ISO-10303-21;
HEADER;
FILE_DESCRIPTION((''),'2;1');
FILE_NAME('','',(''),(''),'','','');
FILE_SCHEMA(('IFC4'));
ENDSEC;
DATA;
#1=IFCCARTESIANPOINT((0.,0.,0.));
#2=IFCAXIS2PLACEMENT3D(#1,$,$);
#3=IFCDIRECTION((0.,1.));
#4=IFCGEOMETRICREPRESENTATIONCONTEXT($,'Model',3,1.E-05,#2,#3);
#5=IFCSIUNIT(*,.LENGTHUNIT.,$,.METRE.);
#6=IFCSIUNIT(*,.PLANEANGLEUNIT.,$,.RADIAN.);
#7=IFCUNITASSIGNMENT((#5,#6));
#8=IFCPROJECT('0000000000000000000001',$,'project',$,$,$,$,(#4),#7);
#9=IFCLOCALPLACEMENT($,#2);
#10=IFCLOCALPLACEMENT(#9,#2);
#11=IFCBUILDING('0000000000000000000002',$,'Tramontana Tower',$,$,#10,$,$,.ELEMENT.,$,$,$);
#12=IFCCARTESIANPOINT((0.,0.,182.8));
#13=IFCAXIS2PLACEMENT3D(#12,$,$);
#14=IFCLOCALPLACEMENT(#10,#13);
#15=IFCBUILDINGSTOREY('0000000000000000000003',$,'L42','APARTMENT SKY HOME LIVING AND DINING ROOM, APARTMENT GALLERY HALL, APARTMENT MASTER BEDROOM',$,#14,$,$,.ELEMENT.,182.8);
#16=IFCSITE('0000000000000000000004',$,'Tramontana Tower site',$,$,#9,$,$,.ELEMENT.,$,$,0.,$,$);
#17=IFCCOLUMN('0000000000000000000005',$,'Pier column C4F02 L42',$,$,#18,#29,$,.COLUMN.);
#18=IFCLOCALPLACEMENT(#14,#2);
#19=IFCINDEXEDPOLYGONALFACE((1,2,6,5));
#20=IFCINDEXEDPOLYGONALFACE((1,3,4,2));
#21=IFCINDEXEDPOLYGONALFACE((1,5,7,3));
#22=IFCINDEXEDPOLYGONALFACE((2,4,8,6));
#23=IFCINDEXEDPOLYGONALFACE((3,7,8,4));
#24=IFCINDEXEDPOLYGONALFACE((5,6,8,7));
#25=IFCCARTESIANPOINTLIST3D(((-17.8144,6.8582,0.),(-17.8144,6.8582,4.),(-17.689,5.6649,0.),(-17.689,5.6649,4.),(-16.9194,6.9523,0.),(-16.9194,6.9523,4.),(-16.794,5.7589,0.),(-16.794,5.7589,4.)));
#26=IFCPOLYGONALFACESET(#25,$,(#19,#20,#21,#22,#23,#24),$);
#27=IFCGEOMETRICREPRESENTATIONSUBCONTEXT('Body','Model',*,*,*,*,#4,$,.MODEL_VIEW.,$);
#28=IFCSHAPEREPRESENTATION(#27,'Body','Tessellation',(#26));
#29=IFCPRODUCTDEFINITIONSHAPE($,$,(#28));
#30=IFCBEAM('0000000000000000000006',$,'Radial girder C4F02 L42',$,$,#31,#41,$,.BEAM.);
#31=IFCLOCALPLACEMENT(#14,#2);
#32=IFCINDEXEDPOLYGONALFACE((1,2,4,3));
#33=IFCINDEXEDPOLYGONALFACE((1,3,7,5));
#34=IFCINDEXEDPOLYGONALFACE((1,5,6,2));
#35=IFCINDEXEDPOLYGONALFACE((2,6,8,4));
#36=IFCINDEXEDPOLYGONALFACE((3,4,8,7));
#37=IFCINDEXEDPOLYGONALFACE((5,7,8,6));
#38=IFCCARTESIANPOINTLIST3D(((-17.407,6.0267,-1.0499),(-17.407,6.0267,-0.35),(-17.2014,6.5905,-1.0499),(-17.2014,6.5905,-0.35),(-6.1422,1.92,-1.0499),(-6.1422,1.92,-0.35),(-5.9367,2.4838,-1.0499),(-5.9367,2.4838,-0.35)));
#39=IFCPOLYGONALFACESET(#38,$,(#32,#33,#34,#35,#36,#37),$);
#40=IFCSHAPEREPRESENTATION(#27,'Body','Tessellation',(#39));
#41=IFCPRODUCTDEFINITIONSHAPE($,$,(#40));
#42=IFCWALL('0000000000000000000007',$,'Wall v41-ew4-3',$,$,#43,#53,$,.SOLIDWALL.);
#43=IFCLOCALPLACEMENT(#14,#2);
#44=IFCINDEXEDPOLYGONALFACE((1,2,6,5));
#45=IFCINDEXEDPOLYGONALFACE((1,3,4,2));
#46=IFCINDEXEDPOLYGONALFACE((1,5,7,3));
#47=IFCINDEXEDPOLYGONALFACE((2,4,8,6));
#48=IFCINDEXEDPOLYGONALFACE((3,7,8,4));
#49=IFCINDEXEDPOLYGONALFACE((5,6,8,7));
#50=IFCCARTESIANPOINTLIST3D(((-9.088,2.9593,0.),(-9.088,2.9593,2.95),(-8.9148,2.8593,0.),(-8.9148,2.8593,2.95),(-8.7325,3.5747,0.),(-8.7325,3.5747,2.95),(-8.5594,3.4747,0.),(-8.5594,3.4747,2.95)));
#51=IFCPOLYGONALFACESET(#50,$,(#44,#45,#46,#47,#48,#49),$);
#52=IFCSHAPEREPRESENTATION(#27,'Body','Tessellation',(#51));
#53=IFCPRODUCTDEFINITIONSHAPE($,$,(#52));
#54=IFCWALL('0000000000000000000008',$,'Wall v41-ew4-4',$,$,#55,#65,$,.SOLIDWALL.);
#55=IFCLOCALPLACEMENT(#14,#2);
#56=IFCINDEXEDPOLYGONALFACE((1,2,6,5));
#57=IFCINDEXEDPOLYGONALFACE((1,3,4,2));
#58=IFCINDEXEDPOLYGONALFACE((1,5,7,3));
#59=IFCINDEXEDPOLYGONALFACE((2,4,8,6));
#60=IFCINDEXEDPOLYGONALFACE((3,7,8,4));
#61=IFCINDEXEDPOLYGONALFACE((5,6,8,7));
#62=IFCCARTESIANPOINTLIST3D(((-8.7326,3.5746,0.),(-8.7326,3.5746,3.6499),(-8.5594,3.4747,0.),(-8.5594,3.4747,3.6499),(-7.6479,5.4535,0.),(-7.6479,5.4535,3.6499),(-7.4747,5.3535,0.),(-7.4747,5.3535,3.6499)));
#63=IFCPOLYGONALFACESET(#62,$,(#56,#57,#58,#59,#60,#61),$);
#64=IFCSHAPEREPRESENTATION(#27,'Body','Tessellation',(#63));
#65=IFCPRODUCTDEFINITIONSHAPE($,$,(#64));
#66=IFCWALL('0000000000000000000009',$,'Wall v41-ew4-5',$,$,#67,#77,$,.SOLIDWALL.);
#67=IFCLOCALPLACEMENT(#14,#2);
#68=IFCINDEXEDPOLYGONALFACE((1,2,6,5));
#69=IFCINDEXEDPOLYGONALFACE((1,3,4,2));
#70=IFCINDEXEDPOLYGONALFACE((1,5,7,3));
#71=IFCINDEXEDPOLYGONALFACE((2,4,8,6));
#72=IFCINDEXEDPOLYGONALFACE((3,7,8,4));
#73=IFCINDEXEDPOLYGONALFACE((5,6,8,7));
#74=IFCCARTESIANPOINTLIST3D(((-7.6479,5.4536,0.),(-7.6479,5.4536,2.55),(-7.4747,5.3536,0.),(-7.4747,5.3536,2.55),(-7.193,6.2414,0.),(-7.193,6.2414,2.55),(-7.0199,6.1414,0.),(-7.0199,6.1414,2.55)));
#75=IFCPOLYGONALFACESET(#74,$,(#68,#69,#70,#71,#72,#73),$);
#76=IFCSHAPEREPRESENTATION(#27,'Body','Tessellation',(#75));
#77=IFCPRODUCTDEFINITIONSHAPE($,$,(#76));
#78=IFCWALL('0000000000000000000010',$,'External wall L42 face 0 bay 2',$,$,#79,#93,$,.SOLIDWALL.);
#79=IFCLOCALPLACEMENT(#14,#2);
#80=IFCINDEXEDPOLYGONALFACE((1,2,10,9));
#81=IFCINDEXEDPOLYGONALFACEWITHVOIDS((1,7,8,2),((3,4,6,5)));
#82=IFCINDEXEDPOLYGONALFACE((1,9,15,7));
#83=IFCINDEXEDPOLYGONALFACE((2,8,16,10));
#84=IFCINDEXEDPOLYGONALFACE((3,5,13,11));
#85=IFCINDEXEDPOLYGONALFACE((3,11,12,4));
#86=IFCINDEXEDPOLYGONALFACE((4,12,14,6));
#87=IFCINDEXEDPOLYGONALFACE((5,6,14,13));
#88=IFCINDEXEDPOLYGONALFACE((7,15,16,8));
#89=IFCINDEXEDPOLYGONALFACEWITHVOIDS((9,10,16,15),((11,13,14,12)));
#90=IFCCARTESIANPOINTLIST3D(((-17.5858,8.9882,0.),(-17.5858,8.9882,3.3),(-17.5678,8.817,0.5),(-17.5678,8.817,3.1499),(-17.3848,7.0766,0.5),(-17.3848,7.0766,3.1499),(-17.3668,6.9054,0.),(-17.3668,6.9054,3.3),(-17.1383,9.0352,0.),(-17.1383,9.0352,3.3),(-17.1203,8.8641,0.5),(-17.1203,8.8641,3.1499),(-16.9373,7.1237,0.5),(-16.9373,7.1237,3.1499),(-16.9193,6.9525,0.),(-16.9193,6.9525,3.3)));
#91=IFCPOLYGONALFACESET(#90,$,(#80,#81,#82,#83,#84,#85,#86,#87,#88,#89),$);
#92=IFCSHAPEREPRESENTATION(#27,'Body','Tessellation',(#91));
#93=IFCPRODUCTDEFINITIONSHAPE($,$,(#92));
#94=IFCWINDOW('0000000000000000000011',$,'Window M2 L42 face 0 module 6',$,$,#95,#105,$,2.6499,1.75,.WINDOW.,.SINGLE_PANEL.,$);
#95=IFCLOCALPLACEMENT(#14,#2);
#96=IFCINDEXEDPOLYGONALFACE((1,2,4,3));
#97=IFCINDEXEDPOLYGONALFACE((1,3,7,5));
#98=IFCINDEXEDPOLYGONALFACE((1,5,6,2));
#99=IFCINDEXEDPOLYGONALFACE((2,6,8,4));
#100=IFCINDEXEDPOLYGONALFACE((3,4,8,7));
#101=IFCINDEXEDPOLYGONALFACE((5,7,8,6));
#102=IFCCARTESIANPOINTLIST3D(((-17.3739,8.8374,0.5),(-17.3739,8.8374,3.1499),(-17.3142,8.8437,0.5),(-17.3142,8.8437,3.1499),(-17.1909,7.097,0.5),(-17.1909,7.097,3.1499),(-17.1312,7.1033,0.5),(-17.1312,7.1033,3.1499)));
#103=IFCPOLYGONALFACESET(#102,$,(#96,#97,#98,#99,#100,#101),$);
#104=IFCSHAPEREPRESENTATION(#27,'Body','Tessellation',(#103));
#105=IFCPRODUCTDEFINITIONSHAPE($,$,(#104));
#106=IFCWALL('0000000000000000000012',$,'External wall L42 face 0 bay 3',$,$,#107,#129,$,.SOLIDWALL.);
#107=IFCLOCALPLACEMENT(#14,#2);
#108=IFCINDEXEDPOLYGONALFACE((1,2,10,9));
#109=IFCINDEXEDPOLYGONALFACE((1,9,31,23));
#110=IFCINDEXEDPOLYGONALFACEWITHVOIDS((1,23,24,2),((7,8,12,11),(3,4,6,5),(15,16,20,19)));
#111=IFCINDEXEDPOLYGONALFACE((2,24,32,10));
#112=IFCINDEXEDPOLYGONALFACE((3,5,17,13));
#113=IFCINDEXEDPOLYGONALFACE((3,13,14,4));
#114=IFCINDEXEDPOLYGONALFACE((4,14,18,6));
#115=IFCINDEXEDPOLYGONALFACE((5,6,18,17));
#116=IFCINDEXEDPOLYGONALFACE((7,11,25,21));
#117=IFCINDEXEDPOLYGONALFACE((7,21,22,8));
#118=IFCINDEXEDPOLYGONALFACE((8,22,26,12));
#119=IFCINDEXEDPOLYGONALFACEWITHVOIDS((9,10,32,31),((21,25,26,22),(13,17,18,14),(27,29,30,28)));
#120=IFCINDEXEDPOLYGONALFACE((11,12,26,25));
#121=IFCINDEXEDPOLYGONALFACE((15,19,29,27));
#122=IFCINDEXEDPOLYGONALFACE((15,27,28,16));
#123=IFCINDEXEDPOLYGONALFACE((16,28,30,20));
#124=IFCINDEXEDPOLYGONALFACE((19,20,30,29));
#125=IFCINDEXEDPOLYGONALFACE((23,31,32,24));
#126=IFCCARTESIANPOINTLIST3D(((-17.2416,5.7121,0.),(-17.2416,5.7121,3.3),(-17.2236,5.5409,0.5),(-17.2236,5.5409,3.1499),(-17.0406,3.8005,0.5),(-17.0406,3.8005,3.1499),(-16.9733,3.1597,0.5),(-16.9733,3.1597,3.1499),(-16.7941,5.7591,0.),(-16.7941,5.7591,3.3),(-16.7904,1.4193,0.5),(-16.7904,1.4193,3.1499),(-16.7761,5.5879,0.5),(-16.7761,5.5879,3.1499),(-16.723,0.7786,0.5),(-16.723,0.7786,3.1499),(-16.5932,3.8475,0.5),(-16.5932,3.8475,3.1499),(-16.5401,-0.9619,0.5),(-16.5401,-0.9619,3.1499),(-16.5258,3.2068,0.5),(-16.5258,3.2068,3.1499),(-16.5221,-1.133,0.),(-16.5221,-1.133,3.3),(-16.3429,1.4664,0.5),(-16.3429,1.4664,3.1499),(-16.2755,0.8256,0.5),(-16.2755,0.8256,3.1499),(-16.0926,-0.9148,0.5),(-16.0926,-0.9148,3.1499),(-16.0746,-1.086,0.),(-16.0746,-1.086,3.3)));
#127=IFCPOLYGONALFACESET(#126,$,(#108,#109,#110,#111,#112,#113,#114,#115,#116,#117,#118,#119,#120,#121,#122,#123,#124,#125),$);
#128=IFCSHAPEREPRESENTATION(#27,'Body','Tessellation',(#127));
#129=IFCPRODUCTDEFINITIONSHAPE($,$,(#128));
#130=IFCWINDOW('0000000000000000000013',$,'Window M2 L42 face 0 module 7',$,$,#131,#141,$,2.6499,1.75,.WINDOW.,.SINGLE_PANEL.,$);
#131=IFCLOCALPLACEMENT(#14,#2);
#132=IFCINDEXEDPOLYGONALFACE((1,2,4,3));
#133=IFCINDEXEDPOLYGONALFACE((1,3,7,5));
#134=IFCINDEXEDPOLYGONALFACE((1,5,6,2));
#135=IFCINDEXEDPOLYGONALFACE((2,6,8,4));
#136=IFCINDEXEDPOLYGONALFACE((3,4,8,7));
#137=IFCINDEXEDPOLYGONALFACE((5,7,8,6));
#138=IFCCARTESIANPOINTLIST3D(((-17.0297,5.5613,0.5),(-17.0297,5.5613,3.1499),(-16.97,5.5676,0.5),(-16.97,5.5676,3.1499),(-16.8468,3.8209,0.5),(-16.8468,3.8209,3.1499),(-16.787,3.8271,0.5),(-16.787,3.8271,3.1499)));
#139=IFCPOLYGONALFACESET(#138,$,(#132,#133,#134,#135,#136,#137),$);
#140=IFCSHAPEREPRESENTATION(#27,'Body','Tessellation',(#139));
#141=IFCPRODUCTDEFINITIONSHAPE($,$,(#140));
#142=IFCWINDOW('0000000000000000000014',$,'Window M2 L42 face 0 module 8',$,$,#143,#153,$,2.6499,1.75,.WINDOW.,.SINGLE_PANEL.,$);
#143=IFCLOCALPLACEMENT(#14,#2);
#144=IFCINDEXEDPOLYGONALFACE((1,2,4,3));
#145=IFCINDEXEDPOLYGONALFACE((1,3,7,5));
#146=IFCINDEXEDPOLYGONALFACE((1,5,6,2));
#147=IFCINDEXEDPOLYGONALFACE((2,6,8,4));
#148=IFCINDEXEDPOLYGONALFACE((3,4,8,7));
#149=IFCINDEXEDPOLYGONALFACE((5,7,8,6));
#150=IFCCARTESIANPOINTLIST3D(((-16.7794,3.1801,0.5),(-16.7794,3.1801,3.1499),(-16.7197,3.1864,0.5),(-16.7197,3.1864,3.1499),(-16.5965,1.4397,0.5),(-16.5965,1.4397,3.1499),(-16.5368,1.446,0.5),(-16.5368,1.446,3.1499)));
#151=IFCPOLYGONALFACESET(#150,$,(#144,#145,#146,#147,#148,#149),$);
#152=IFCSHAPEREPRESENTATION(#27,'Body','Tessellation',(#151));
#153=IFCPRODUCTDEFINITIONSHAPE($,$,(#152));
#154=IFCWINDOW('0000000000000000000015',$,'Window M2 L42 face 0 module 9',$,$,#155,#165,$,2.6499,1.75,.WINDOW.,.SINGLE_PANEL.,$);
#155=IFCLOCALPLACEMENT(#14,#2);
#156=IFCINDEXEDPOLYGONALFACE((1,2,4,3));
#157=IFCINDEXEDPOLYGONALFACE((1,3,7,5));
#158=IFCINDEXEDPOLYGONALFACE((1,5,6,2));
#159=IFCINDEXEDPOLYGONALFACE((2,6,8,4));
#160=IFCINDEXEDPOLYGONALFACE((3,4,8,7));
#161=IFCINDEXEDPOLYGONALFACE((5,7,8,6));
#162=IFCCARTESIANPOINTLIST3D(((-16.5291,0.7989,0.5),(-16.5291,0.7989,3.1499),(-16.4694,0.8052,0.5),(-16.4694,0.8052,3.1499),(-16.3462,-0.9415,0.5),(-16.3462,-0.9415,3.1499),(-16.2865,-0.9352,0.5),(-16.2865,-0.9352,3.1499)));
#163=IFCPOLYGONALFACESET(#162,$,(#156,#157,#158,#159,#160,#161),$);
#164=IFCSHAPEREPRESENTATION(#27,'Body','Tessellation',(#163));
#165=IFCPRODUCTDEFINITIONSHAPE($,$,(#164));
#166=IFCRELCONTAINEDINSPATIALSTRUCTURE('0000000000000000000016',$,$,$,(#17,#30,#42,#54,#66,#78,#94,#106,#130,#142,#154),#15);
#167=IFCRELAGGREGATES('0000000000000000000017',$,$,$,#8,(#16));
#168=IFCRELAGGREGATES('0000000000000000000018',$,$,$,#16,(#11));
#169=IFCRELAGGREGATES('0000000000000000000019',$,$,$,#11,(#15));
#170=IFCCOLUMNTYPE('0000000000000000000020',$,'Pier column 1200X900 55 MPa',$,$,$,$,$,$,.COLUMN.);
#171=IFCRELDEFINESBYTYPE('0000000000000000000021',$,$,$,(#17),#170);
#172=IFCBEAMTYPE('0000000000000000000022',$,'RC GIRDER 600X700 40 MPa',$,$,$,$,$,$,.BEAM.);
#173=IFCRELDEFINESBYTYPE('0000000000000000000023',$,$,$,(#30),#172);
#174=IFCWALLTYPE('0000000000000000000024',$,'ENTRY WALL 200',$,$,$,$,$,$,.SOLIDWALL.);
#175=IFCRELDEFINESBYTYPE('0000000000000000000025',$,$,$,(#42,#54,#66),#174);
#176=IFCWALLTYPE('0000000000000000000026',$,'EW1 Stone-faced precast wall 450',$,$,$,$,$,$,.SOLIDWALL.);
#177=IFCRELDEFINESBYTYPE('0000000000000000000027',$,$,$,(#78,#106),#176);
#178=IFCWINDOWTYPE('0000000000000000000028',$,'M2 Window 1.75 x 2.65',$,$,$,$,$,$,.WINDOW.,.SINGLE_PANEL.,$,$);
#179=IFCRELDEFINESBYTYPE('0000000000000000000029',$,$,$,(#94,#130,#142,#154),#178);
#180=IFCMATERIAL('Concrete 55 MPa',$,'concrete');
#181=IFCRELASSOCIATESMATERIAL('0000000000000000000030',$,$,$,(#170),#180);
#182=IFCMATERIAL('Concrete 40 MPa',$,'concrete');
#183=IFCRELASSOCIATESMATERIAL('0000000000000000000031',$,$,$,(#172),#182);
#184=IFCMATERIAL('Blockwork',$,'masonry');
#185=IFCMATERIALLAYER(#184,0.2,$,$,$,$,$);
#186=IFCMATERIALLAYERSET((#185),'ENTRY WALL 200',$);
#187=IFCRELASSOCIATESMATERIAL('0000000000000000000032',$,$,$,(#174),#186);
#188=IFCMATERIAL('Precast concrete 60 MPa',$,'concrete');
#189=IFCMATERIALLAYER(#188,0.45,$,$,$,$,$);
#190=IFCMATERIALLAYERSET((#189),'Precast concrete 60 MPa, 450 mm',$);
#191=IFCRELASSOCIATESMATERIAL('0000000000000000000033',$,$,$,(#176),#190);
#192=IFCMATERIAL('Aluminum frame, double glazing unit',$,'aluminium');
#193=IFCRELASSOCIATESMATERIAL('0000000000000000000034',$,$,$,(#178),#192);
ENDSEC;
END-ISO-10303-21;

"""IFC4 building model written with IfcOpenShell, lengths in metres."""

from ifc_helpers import new_model, si_unit, direction, frame, frame_2d, origin, origin_2d, place, context, subcontext, project, spatial, rectangle, extrude, material, layer, layer_set, material_profile, profile_set, type_object, element, fill, save


model = new_model("IFC4")

# Units and contexts
model_context = context("Model", 3, precision=1e-05, world=origin(), true_north=direction((0.0, 1.0)))
body_context = subcontext(model_context, "Body", "Model", "MODEL_VIEW")
ifc_project = project(units=[si_unit("LENGTHUNIT", "METRE"), si_unit("PLANEANGLEUNIT", "RADIAN")], contexts=[model_context])

# Site, building, storey
site_placement = place(None, origin())
site = spatial("IfcSite", under=ifc_project, at=site_placement, Name="Tramontana Tower site", CompositionType="ELEMENT", RefElevation=0.0)
building_placement = place(site_placement, origin())
building = spatial("IfcBuilding", under=site, at=building_placement, Name="Tramontana Tower", CompositionType="ELEMENT")
storey_placement = place(building_placement, frame((0.0, 0.0, 182.8)))
storey = spatial("IfcBuildingStorey", under=building, at=storey_placement, Name="L42", Description="APARTMENT SKY HOME LIVING AND DINING ROOM, APARTMENT GALLERY HALL, APARTMENT MASTER BEDROOM", CompositionType="ELEMENT", Elevation=182.8)

# Column
ifc_material_1 = material(Name="Concrete 55 MPa", Category="concrete")
ifc_material_profile_1 = material_profile(ifc_material_1, rectangle(XDim=1.2, YDim=0.8999, at=origin_2d()), Name="Pier column 1200X900 55 MPa")
ifc_profile_set_1 = profile_set([ifc_material_profile_1], Name="Concrete 55 MPa")
column_type = type_object("IfcColumnType", Name="Pier column 1200X900 55 MPa", PredefinedType="COLUMN", material=ifc_profile_set_1)
column_placement = place(storey_placement, frame((-17.3042, 6.3086, 0.0), z_axis=(0.0, 0.0, 1.0), x_axis=(0.104528, -0.994522, 0.0)))
element("IfcColumn", 1, at=column_placement, inside=storey, type_object=column_type, Name="Pier column C4F02 L42", PredefinedType="COLUMN", context=body_context, shape_type="SweptSolid", body=[
    extrude(rectangle(XDim=1.2, YDim=0.8999, at=origin_2d()), origin(), (0.0, 0.0, 1.0), 4.0),
])

# Beam
ifc_material_2 = material(Name="Concrete 40 MPa", Category="concrete")
ifc_material_profile_2 = material_profile(ifc_material_2, rectangle(XDim=0.6001, YDim=0.7, at=origin_2d()), Name="RC GIRDER 600X700 40 MPa")
ifc_profile_set_2 = profile_set([ifc_material_profile_2], Name="Concrete 40 MPa")
beam_type = type_object("IfcBeamType", Name="RC GIRDER 600X700 40 MPa", PredefinedType="BEAM", material=ifc_profile_set_2)
beam_placement = place(storey_placement, frame((-17.3042, 6.3086, -0.7), z_axis=(0.939513, -0.342513, 0.0), x_axis=(0.342513, 0.939513, 0.0)))
element("IfcBeam", 2, at=beam_placement, inside=storey, type_object=beam_type, Name="Radial girder C4F02 L42", PredefinedType="BEAM", context=body_context, shape_type="SweptSolid", body=[
    extrude(rectangle(XDim=0.6001, YDim=0.7, at=origin_2d()), origin(), (0.0, 0.0, 1.0), 11.99),
])

# Walls
ifc_material_3 = material(Name="Blockwork", Category="masonry")
ifc_layer_1 = layer(ifc_material_3, 0.2)
ifc_layer_set_1 = layer_set([ifc_layer_1], Name="ENTRY WALL 200")
wall_type_1 = type_object("IfcWallType", Name="ENTRY WALL 200", PredefinedType="SOLIDWALL", material=ifc_layer_set_1)
wall_1_placement = place(storey_placement, frame((-9.0015, 2.9092, 0.0), z_axis=(0.0, 0.0, 1.0), x_axis=(0.500129, 0.865951, 0.0)))
element("IfcWall", 3, at=wall_1_placement, inside=storey, type_object=wall_type_1, Name="Wall v41-ew4-3", PredefinedType="SOLIDWALL", context=body_context, shape_type="SweptSolid", body=[
    extrude(rectangle(XDim=0.7107, YDim=0.2, at=frame_2d((0.3555, 0.0))), origin(), (0.0, 0.0, 1.0), 2.95),
])
wall_2_placement = place(storey_placement, frame((-8.646, 3.5247, 0.0), z_axis=(0.0, 0.0, 1.0), x_axis=(0.499976, 0.866039, 0.0)))
element("IfcWall", 4, at=wall_2_placement, inside=storey, type_object=wall_type_1, Name="Wall v41-ew4-4", PredefinedType="SOLIDWALL", context=body_context, shape_type="SweptSolid", body=[
    extrude(rectangle(XDim=2.1694, YDim=0.2, at=frame_2d((1.0847, 0.0))), origin(), (0.0, 0.0, 1.0), 3.6499),
])
wall_3_placement = place(storey_placement, frame((-7.5613, 5.4036, 0.0), z_axis=(0.0, 0.0, 1.0), x_axis=(0.499978, 0.866038, 0.0)))
element("IfcWall", 5, at=wall_3_placement, inside=storey, type_object=wall_type_1, Name="Wall v41-ew4-5", PredefinedType="SOLIDWALL", context=body_context, shape_type="SweptSolid", body=[
    extrude(rectangle(XDim=0.9097, YDim=0.2, at=frame_2d((0.4548, 0.0))), origin(), (0.0, 0.0, 1.0), 2.55),
])

# Wall, opening, window
ifc_material_4 = material(Name="Precast concrete 60 MPa", Category="concrete")
ifc_layer_2 = layer(ifc_material_4, 0.45)
ifc_layer_set_2 = layer_set([ifc_layer_2], Name="Precast concrete 60 MPa, 450 mm")
wall_type_2 = type_object("IfcWallType", Name="EW1 Stone-faced precast wall 450", PredefinedType="SOLIDWALL", material=ifc_layer_set_2)
wall_4_placement = place(storey_placement, frame((-17.3621, 9.0117, 0.0), z_axis=(0.0, 0.0, 1.0), x_axis=(0.104569, -0.994518, 0.0)))
wall_4 = element("IfcWall", 6, at=wall_4_placement, inside=storey, type_object=wall_type_2, Name="External wall L42 face 0 bay 2", PredefinedType="SOLIDWALL", context=body_context, shape_type="SweptSolid", body=[
    extrude(rectangle(XDim=2.0942, YDim=0.45, at=frame_2d((1.0471, 0.0))), origin(), (0.0, 0.0, 1.0), 3.3),
])
opening_1_placement = place(wall_4_placement, frame((0.1721, 0.0, 0.5)))
opening_1 = element("IfcOpeningElement", 7, at=opening_1_placement, cuts=wall_4, PredefinedType="OPENING", context=body_context, shape_type="SweptSolid", body=[
    extrude(rectangle(XDim=1.75, YDim=2.6499, at=frame_2d((0.875, 1.325))), frame((0.0, 0.2349, 0.0), z_axis=(0.0, -1.0, 0.0), x_axis=(1.0, 0.0, 0.0)), (0.0, 0.0, 1.0), 0.47),
])
ifc_material_5 = material(Name="Aluminum frame, double glazing unit", Category="aluminium")
window_type = type_object("IfcWindowType", Name="M2 Window 1.75 x 2.65", PartitioningType="SINGLE_PANEL", PredefinedType="WINDOW", material=ifc_material_5)
window_1_placement = place(opening_1_placement, origin())
window_1 = element("IfcWindow", 8, at=window_1_placement, inside=storey, type_object=window_type, Name="Window M2 L42 face 0 module 6", OverallHeight=2.6499, OverallWidth=1.75, PartitioningType="SINGLE_PANEL", PredefinedType="WINDOW", context=body_context, shape_type="SweptSolid", body=[
    extrude(rectangle(XDim=1.75, YDim=2.6499, at=frame_2d((0.875, 1.325))), frame((0.0, 0.03, 0.0), z_axis=(0.0, -1.0, 0.0), x_axis=(1.0, 0.0, 0.0)), (0.0, 0.0, 1.0), 0.0601),
])
fill(opening_1, window_1)

# Wall, openings, windows
wall_5_placement = place(storey_placement, frame((-17.0178, 5.7356, 0.0), z_axis=(0.0, 0.0, 1.0), x_axis=(0.104532, -0.994522, 0.0)))
wall_5 = element("IfcWall", 9, at=wall_5_placement, inside=storey, type_object=wall_type_2, Name="External wall L42 face 0 bay 3", PredefinedType="SOLIDWALL", context=body_context, shape_type="SweptSolid", body=[
    extrude(rectangle(XDim=6.8828, YDim=0.45, at=frame_2d((3.4414, 0.0))), origin(), (0.0, 0.0, 1.0), 3.3),
])
opening_2_placement = place(wall_5_placement, frame((0.1721, 0.0, 0.5)))
opening_2 = element("IfcOpeningElement", 10, at=opening_2_placement, cuts=wall_5, PredefinedType="OPENING", context=body_context, shape_type="SweptSolid", body=[
    extrude(rectangle(XDim=1.75, YDim=2.6499, at=frame_2d((0.875, 1.325))), frame((0.0, 0.2349, 0.0), z_axis=(0.0, -1.0, 0.0), x_axis=(1.0, 0.0, 0.0)), (0.0, 0.0, 1.0), 0.47),
])
opening_3_placement = place(wall_5_placement, frame((2.5664, 0.0, 0.5)))
opening_3 = element("IfcOpeningElement", 11, at=opening_3_placement, cuts=wall_5, PredefinedType="OPENING", context=body_context, shape_type="SweptSolid", body=[
    extrude(rectangle(XDim=1.75, YDim=2.6499, at=frame_2d((0.875, 1.325))), frame((0.0, 0.2349, 0.0), z_axis=(0.0, -1.0, 0.0), x_axis=(1.0, 0.0, 0.0)), (0.0, 0.0, 1.0), 0.47),
])
opening_4_placement = place(wall_5_placement, frame((4.9607, 0.0, 0.5)))
opening_4 = element("IfcOpeningElement", 12, at=opening_4_placement, cuts=wall_5, PredefinedType="OPENING", context=body_context, shape_type="SweptSolid", body=[
    extrude(rectangle(XDim=1.75, YDim=2.6499, at=frame_2d((0.875, 1.325))), frame((0.0, 0.2349, 0.0), z_axis=(0.0, -1.0, 0.0), x_axis=(1.0, 0.0, 0.0)), (0.0, 0.0, 1.0), 0.47),
])
window_2_placement = place(opening_2_placement, origin())
window_2 = element("IfcWindow", 13, at=window_2_placement, inside=storey, type_object=window_type, Name="Window M2 L42 face 0 module 7", OverallHeight=2.6499, OverallWidth=1.75, PartitioningType="SINGLE_PANEL", PredefinedType="WINDOW", context=body_context, shape_type="SweptSolid", body=[
    extrude(rectangle(XDim=1.75, YDim=2.6499, at=frame_2d((0.875, 1.325))), frame((0.0, 0.03, 0.0), z_axis=(0.0, -1.0, 0.0), x_axis=(1.0, 0.0, 0.0)), (0.0, 0.0, 1.0), 0.0601),
])
fill(opening_2, window_2)
window_3_placement = place(opening_3_placement, origin())
window_3 = element("IfcWindow", 14, at=window_3_placement, inside=storey, type_object=window_type, Name="Window M2 L42 face 0 module 8", OverallHeight=2.6499, OverallWidth=1.75, PartitioningType="SINGLE_PANEL", PredefinedType="WINDOW", context=body_context, shape_type="SweptSolid", body=[
    extrude(rectangle(XDim=1.75, YDim=2.6499, at=frame_2d((0.875, 1.325))), frame((0.0, 0.03, 0.0), z_axis=(0.0, -1.0, 0.0), x_axis=(1.0, 0.0, 0.0)), (0.0, 0.0, 1.0), 0.0601),
])
fill(opening_3, window_3)
window_4_placement = place(opening_4_placement, origin())
window_4 = element("IfcWindow", 15, at=window_4_placement, inside=storey, type_object=window_type, Name="Window M2 L42 face 0 module 9", OverallHeight=2.6499, OverallWidth=1.75, PartitioningType="SINGLE_PANEL", PredefinedType="WINDOW", context=body_context, shape_type="SweptSolid", body=[
    extrude(rectangle(XDim=1.75, YDim=2.6499, at=frame_2d((0.875, 1.325))), frame((0.0, 0.03, 0.0), z_axis=(0.0, -1.0, 0.0), x_axis=(1.0, 0.0, 0.0)), (0.0, 0.0, 1.0), 0.0601),
])
fill(opening_4, window_4)

save(model, "model.ifc")
